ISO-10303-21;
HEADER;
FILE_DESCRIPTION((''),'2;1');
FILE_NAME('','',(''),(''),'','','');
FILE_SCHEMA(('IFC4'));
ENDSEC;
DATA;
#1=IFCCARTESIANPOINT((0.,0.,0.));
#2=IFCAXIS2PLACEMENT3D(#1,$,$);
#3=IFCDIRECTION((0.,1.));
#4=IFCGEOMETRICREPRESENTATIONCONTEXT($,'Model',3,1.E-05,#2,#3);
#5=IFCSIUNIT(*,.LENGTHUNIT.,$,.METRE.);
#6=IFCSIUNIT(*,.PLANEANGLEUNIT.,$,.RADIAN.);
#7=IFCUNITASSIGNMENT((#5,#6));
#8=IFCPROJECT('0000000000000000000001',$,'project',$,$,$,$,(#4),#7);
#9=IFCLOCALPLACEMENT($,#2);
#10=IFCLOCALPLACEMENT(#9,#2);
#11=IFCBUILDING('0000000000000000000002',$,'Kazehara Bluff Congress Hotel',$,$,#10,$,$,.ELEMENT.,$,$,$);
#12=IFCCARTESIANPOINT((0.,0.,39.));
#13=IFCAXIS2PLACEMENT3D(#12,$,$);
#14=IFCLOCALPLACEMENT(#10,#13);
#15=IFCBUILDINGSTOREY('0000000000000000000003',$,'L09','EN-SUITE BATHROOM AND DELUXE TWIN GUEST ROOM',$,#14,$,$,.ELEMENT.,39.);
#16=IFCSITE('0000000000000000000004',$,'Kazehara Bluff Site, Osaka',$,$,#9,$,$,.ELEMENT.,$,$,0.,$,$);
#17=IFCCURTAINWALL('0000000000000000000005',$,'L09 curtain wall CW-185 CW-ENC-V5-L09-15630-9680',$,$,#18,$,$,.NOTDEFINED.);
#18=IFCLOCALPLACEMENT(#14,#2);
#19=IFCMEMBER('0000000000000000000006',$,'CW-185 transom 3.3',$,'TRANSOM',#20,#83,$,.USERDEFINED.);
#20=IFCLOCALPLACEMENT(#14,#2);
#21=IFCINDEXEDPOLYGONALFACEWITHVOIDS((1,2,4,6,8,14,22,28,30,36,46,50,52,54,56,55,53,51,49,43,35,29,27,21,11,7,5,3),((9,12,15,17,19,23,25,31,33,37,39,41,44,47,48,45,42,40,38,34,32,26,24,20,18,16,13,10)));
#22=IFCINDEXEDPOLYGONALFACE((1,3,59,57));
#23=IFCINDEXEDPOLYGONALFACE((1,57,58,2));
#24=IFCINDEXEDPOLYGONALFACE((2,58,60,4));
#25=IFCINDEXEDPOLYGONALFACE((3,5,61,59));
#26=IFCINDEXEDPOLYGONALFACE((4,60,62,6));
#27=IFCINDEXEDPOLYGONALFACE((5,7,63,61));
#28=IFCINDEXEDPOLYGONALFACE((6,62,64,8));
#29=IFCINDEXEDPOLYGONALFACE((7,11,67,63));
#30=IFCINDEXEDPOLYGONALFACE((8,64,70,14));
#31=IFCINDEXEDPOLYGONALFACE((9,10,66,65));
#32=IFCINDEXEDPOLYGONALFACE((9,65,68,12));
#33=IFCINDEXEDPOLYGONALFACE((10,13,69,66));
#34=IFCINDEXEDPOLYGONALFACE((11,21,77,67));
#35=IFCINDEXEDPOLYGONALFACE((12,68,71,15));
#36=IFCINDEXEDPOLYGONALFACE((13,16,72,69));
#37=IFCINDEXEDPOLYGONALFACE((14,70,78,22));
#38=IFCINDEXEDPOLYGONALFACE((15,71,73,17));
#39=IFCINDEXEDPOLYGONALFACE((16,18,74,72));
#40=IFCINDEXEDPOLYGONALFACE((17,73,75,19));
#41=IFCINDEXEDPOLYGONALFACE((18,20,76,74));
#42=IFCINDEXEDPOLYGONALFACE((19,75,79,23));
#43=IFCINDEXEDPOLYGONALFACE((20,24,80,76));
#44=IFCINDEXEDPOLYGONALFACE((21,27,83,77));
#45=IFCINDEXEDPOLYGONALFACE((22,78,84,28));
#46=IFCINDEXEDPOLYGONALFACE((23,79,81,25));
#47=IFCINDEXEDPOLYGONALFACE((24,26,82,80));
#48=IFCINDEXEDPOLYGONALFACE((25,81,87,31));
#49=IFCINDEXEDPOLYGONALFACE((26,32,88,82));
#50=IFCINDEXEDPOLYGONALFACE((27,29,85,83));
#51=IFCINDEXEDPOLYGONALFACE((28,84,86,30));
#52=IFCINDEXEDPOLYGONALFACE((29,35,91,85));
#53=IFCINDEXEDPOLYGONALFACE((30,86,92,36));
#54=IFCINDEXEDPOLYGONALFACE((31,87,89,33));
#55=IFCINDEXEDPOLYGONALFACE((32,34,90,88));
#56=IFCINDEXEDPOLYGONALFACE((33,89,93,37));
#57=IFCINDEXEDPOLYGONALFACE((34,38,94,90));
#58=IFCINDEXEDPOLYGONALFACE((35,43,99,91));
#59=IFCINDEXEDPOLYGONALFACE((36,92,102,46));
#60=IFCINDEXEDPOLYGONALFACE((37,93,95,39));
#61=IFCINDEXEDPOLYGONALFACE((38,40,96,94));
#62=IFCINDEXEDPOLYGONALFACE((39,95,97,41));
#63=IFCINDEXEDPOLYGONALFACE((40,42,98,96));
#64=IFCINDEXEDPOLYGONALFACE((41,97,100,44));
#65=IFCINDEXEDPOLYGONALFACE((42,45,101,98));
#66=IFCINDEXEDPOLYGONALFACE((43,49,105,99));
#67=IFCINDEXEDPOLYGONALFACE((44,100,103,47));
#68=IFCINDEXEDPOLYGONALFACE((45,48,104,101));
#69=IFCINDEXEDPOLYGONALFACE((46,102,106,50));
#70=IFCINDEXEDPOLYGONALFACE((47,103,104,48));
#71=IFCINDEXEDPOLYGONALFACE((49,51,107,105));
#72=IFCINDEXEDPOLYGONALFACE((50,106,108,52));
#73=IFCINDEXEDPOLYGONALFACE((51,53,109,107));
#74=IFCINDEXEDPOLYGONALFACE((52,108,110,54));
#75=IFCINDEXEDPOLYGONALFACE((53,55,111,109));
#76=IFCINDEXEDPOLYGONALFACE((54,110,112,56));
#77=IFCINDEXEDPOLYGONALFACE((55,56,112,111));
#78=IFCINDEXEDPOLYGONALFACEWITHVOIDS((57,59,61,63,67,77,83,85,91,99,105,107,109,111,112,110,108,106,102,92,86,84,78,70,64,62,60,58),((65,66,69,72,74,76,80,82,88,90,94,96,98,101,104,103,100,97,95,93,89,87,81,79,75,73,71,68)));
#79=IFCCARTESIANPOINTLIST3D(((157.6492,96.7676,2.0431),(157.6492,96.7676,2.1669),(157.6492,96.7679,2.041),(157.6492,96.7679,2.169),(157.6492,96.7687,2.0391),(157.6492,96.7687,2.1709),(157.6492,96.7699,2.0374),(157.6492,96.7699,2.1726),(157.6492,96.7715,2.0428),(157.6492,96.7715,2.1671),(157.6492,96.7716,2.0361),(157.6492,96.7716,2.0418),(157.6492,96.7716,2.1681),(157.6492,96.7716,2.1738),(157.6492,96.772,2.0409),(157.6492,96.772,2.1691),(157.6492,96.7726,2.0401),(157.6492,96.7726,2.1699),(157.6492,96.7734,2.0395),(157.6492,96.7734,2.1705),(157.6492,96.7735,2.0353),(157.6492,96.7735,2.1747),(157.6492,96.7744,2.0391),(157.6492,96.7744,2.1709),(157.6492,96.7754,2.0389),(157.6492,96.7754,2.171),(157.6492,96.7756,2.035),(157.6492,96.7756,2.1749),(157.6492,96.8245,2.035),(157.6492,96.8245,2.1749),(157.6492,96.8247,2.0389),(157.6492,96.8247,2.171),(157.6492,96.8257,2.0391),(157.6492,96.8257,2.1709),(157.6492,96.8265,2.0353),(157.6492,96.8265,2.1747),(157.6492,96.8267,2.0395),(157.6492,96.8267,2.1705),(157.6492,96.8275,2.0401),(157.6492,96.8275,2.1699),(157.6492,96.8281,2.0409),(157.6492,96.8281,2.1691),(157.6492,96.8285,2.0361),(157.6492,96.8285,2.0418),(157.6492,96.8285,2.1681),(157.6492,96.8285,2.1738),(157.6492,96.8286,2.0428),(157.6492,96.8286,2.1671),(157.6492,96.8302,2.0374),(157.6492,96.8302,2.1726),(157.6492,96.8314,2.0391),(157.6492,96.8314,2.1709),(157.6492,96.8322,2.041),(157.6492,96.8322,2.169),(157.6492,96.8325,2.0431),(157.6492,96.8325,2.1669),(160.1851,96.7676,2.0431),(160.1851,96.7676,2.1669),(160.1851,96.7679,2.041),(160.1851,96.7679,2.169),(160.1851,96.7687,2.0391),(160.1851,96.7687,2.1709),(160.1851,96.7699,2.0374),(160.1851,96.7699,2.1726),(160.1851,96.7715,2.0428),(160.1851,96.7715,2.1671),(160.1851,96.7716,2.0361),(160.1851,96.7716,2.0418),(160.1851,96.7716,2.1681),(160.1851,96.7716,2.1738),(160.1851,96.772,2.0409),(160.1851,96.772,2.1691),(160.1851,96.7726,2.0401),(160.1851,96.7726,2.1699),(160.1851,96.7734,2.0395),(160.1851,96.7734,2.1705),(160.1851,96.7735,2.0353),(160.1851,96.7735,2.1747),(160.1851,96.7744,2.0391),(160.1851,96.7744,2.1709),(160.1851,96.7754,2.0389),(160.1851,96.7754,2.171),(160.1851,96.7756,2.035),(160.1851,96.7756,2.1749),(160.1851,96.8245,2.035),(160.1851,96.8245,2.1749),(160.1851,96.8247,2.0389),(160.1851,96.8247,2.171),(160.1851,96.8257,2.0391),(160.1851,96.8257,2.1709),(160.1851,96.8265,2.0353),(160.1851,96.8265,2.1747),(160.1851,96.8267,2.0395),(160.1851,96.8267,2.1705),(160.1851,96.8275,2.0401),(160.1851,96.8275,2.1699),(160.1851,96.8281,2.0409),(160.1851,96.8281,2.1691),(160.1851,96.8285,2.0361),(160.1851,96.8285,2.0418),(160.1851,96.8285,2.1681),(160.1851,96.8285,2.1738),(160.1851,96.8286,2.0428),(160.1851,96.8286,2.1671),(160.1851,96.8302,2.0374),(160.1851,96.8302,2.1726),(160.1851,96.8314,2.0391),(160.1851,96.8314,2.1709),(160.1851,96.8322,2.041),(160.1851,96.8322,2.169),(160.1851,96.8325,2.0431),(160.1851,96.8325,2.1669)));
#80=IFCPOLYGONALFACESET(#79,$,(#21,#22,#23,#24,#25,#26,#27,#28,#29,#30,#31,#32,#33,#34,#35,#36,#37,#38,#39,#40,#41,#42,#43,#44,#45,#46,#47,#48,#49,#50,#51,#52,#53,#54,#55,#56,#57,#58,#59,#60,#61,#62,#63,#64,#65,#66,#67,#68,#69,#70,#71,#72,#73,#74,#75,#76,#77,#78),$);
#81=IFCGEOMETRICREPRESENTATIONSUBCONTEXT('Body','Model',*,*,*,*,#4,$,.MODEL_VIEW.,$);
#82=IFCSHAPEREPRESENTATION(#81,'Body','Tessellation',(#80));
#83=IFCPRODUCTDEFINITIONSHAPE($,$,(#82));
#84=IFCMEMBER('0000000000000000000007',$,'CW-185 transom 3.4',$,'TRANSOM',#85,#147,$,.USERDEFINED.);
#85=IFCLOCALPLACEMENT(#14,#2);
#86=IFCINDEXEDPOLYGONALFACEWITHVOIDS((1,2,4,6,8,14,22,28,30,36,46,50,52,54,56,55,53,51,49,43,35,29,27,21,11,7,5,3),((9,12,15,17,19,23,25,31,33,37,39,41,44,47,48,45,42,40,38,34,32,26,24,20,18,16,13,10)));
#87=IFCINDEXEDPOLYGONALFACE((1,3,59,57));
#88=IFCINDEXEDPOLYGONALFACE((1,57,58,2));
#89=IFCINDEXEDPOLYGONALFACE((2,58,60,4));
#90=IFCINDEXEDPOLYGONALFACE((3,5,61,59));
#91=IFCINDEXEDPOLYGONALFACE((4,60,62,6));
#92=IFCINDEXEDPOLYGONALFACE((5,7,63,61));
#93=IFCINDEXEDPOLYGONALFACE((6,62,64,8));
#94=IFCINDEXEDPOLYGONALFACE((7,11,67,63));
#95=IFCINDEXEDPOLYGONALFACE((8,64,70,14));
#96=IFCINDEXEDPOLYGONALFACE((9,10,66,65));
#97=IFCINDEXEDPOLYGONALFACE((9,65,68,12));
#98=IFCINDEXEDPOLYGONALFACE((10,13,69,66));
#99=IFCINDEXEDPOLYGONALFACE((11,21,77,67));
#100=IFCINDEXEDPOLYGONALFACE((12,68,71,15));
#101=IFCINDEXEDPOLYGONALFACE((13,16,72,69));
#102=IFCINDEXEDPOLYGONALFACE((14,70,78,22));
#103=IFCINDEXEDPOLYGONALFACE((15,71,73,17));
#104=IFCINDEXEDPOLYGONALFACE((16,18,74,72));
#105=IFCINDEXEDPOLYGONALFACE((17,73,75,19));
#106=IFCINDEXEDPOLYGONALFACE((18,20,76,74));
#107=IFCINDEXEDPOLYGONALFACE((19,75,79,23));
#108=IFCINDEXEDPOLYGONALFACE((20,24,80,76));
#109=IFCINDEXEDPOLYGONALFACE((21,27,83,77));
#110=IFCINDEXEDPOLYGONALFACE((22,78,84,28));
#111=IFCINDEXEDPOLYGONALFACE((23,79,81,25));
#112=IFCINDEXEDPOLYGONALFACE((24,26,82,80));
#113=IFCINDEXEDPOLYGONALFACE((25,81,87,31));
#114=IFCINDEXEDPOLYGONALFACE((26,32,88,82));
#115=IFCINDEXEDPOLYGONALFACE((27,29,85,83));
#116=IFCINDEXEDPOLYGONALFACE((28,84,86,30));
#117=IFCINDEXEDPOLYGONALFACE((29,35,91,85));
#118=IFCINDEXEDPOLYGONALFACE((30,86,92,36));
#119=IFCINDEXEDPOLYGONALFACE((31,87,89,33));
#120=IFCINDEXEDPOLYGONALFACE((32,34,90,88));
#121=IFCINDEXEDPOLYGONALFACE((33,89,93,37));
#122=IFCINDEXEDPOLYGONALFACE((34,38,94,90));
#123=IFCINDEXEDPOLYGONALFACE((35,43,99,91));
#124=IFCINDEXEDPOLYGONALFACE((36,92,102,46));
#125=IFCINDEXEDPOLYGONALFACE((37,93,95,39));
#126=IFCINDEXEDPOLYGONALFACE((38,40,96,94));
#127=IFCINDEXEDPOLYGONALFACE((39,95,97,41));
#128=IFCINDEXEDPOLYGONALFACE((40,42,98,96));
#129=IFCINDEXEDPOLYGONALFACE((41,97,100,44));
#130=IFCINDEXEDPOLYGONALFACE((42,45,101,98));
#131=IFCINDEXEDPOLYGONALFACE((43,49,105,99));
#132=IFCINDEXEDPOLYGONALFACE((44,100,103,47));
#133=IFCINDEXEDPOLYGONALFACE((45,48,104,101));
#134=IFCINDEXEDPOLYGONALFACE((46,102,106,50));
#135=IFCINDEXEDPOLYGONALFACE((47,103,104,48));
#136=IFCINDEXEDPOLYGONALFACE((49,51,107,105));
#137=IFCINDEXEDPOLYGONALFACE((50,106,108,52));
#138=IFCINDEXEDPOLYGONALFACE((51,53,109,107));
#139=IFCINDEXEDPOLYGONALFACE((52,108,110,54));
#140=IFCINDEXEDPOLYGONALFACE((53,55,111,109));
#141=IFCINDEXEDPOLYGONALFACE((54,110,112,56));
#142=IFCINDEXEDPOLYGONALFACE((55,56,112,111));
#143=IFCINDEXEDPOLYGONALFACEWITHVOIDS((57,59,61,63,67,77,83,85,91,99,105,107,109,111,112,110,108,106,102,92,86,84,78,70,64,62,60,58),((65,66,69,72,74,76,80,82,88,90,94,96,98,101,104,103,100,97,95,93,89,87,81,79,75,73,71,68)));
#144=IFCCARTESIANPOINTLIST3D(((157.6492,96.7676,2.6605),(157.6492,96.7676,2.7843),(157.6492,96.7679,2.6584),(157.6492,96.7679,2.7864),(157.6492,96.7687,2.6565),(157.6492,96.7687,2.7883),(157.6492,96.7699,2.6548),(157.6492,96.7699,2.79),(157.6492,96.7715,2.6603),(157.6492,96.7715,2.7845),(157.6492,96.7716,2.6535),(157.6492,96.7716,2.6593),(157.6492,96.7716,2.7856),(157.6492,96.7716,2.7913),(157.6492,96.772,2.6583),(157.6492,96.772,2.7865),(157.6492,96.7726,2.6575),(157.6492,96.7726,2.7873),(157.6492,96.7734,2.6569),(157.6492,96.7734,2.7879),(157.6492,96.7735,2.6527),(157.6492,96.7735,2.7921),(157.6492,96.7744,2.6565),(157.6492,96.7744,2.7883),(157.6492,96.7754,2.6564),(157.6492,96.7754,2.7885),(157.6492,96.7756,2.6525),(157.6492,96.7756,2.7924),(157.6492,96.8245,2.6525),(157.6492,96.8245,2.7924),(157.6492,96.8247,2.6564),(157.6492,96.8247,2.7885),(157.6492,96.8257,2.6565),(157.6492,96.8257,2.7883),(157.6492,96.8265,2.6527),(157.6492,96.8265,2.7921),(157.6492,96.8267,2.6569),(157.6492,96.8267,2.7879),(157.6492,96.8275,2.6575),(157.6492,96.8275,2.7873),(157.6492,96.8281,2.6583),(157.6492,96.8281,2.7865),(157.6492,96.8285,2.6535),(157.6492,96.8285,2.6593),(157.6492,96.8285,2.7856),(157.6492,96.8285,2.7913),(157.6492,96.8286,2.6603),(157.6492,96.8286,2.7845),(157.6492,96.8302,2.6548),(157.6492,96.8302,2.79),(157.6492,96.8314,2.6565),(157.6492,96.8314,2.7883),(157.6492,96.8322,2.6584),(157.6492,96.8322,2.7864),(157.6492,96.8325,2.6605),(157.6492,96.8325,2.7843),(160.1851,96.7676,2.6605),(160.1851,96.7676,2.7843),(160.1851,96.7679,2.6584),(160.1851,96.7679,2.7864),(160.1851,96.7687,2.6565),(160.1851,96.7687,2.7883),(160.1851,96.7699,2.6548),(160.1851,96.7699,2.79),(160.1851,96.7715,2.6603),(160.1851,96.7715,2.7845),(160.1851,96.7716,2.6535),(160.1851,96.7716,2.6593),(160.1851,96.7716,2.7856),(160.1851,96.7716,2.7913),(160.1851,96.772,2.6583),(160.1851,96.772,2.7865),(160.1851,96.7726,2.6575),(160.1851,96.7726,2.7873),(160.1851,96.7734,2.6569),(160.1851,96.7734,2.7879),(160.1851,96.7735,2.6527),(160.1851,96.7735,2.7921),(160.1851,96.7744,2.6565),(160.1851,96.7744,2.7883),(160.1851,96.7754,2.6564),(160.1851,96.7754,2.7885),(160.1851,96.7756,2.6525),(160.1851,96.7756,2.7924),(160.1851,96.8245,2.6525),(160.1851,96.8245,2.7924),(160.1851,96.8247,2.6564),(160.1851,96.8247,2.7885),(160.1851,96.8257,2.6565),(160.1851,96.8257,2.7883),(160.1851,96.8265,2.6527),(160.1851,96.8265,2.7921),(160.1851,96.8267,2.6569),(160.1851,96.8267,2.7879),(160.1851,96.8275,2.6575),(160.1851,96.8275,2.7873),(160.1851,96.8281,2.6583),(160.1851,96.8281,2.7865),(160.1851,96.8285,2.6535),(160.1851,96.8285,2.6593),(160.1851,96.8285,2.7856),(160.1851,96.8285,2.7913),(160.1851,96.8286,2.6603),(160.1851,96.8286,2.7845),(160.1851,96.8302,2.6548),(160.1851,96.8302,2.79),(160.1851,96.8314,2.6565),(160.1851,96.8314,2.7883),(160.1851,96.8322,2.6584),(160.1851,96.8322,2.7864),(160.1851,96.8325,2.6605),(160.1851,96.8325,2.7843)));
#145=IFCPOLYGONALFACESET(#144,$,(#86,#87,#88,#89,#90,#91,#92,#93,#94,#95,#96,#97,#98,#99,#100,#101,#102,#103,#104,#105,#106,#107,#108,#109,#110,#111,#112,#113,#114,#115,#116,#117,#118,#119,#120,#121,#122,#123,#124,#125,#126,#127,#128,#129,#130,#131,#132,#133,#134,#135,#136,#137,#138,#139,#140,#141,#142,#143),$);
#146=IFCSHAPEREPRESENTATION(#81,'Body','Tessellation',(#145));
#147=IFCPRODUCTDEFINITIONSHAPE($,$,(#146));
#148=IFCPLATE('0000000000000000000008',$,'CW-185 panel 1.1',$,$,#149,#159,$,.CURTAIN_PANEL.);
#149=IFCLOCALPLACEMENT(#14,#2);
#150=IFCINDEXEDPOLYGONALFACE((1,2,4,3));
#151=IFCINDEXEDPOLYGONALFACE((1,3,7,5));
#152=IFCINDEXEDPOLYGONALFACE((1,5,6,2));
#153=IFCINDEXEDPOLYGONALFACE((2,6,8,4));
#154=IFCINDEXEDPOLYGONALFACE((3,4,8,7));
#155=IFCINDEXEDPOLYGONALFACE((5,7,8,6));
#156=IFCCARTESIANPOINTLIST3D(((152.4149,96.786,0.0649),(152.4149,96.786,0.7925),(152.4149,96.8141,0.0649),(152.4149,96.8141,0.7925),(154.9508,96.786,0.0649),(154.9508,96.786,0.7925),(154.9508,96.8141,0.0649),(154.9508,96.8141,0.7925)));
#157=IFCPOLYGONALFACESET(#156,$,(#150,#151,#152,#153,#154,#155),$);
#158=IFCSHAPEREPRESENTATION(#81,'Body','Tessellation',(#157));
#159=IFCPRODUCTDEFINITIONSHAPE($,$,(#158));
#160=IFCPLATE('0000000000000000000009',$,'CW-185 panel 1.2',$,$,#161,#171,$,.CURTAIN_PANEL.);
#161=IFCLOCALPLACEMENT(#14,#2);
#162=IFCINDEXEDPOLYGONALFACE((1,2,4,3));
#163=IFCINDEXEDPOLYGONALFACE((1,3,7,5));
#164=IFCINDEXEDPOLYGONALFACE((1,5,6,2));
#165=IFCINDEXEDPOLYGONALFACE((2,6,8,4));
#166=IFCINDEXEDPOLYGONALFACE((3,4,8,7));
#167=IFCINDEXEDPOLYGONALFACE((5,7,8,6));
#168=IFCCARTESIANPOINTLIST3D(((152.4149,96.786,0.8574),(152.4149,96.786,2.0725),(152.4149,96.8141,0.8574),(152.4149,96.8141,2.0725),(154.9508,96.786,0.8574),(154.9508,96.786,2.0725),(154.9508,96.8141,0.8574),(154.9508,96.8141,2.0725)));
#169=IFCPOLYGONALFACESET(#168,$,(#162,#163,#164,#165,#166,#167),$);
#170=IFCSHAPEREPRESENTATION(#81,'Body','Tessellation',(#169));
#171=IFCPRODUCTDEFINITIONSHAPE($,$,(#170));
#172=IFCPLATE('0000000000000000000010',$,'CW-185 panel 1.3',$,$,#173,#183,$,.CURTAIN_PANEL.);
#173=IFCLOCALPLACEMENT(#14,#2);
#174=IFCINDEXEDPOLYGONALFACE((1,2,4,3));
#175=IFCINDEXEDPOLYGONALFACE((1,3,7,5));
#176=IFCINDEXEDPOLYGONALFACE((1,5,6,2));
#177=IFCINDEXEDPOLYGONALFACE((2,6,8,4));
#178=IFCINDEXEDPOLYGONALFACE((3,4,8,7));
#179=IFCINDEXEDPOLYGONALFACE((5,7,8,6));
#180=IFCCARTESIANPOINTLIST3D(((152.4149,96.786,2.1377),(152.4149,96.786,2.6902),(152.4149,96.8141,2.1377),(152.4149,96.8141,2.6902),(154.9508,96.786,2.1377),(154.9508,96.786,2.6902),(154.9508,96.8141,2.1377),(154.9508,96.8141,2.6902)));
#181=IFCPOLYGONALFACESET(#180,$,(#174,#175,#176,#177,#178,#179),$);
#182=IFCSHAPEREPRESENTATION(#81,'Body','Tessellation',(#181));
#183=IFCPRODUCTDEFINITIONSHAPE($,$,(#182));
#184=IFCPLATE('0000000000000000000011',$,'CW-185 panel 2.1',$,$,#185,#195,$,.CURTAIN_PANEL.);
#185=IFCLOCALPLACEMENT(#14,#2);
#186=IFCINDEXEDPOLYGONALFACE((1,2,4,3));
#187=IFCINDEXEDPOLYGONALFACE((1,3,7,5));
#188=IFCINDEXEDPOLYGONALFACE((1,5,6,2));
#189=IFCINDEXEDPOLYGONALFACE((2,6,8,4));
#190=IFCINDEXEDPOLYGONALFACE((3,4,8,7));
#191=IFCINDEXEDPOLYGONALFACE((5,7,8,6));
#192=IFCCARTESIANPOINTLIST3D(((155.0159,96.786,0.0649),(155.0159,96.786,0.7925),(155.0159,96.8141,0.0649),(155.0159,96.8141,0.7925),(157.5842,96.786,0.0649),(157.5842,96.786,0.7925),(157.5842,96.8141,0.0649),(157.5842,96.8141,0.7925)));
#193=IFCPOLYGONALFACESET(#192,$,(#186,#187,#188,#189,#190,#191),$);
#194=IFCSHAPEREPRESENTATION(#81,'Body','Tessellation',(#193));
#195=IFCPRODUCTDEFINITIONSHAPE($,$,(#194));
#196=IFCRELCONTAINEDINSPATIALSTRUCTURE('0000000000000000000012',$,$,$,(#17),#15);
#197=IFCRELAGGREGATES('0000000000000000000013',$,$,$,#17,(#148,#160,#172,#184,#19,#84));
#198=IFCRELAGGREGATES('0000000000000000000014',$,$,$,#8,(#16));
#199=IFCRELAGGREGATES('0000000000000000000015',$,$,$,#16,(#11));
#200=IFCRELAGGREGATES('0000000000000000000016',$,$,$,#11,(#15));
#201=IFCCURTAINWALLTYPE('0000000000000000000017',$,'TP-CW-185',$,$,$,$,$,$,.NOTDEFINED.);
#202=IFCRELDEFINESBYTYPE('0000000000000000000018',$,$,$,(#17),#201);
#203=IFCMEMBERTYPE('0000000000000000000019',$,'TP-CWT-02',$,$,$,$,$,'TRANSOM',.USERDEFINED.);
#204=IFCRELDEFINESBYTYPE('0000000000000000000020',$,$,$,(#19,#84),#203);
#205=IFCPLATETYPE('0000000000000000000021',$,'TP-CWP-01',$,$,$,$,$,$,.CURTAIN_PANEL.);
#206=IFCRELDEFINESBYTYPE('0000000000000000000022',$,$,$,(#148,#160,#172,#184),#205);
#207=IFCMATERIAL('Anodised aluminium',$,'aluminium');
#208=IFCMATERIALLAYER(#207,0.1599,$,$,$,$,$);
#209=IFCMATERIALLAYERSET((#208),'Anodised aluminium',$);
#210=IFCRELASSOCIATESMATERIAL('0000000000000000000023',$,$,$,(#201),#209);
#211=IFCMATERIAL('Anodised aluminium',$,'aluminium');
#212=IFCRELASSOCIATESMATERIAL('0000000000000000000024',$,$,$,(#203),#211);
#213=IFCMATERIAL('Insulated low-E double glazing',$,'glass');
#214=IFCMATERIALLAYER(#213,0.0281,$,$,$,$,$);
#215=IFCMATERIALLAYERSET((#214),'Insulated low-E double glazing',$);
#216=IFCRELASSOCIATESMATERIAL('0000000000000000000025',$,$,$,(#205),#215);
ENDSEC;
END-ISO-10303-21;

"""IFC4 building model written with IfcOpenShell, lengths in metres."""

from ifc_helpers import new_model, si_unit, direction, frame, origin, origin_2d, place, context, subcontext, project, spatial, rectangle, hollow_rectangle, extrude, material, layer, layer_set, material_profile, profile_set, type_object, element, aggregate, save


model = new_model("IFC4")

# Units and contexts
model_context = context("Model", 3, precision=1e-05, world=origin(), true_north=direction((0.0, 1.0)))
body_context = subcontext(model_context, "Body", "Model", "MODEL_VIEW")
ifc_project = project(units=[si_unit("LENGTHUNIT", "METRE"), si_unit("PLANEANGLEUNIT", "RADIAN")], contexts=[model_context])

# Site, building, storey
site_placement = place(None, origin())
site = spatial("IfcSite", under=ifc_project, at=site_placement, Name="Kazehara Bluff Site, Osaka", CompositionType="ELEMENT", RefElevation=0.0)
building_placement = place(site_placement, origin())
building = spatial("IfcBuilding", under=site, at=building_placement, Name="Kazehara Bluff Congress Hotel", CompositionType="ELEMENT")
storey_placement = place(building_placement, frame((0.0, 0.0, 39.0)))
storey = spatial("IfcBuildingStorey", under=building, at=storey_placement, Name="L09", Description="EN-SUITE BATHROOM AND DELUXE TWIN GUEST ROOM", CompositionType="ELEMENT", Elevation=39.0)

# Curtain wall, members, plates
ifc_material_1 = material(Name="Anodised aluminium", Category="aluminium")
ifc_layer_1 = layer(ifc_material_1, 0.1599)
ifc_layer_set_1 = layer_set([ifc_layer_1], Name="Anodised aluminium")
curtain_wall_type = type_object("IfcCurtainWallType", Name="TP-CW-185", PredefinedType="NOTDEFINED", material=ifc_layer_set_1)
curtain_wall_placement = place(storey_placement, origin())
curtain_wall = element("IfcCurtainWall", 1, at=curtain_wall_placement, inside=storey, type_object=curtain_wall_type, Name="L09 curtain wall CW-185 CW-ENC-V5-L09-15630-9680", PredefinedType="NOTDEFINED")
ifc_material_2 = material(Name="Anodised aluminium", Category="aluminium")
ifc_material_profile_1 = material_profile(ifc_material_2, hollow_rectangle(XDim=0.0649, YDim=0.1399, WallThickness=0.0039, InnerFilletRadius=0.0039, OuterFilletRadius=0.0081, at=origin_2d()))
ifc_profile_set_1 = profile_set([ifc_material_profile_1], Name="Anodised aluminium")
member_type_1 = type_object("IfcMemberType", Name="TP-CWT-02", ElementType="TRANSOM", PredefinedType="USERDEFINED", material=ifc_profile_set_1)
member_1_placement = place(storey_placement, frame((157.6492, 96.8, 2.105), z_axis=(1.0, 0.0, 0.0), x_axis=(0.0, 1.0, 0.0)))
member_1 = element("IfcMember", 2, at=member_1_placement, type_object=member_type_1, Name="CW-185 transom 3.3", ObjectType="TRANSOM", PredefinedType="USERDEFINED", context=body_context, shape_type="SweptSolid", body=[
    extrude(hollow_rectangle(XDim=0.0649, YDim=0.1399, WallThickness=0.0039, InnerFilletRadius=0.0039, OuterFilletRadius=0.0081, at=origin_2d()), origin(), (0.0, 0.0, 1.0), 2.5359),
])
member_2_placement = place(storey_placement, frame((157.6492, 96.8, 2.7224), z_axis=(1.0, 0.0, 0.0), x_axis=(0.0, 1.0, 0.0)))
member_2 = element("IfcMember", 3, at=member_2_placement, type_object=member_type_1, Name="CW-185 transom 3.4", ObjectType="TRANSOM", PredefinedType="USERDEFINED", context=body_context, shape_type="SweptSolid", body=[
    extrude(hollow_rectangle(XDim=0.0649, YDim=0.1399, WallThickness=0.0039, InnerFilletRadius=0.0039, OuterFilletRadius=0.0081, at=origin_2d()), origin(), (0.0, 0.0, 1.0), 2.5359),
])
ifc_material_3 = material(Name="Insulated low-E double glazing", Category="glass")
ifc_layer_2 = layer(ifc_material_3, 0.0281)
ifc_layer_set_2 = layer_set([ifc_layer_2], Name="Insulated low-E double glazing")
plate_type = type_object("IfcPlateType", Name="TP-CWP-01", PredefinedType="CURTAIN_PANEL", material=ifc_layer_set_2)
plate_1_placement = place(storey_placement, frame((153.6829, 96.8, 0.0649), z_axis=(0.0, 0.0, 1.0), x_axis=(1.0, 0.0, 0.0)))
plate_1 = element("IfcPlate", 4, at=plate_1_placement, type_object=plate_type, Name="CW-185 panel 1.1", PredefinedType="CURTAIN_PANEL", context=body_context, shape_type="SweptSolid", body=[
    extrude(rectangle(XDim=2.5359, YDim=0.0281, at=origin_2d()), origin(), (0.0, 0.0, 1.0), 0.7275),
])
plate_2_placement = place(storey_placement, frame((153.6829, 96.8, 0.8574), z_axis=(0.0, 0.0, 1.0), x_axis=(1.0, 0.0, 0.0)))
plate_2 = element("IfcPlate", 5, at=plate_2_placement, type_object=plate_type, Name="CW-185 panel 1.2", PredefinedType="CURTAIN_PANEL", context=body_context, shape_type="SweptSolid", body=[
    extrude(rectangle(XDim=2.5359, YDim=0.0281, at=origin_2d()), origin(), (0.0, 0.0, 1.0), 1.2151),
])
plate_3_placement = place(storey_placement, frame((153.6829, 96.8, 2.1377), z_axis=(0.0, 0.0, 1.0), x_axis=(1.0, 0.0, 0.0)))
plate_3 = element("IfcPlate", 6, at=plate_3_placement, type_object=plate_type, Name="CW-185 panel 1.3", PredefinedType="CURTAIN_PANEL", context=body_context, shape_type="SweptSolid", body=[
    extrude(rectangle(XDim=2.5359, YDim=0.0281, at=origin_2d()), origin(), (0.0, 0.0, 1.0), 0.5525),
])
plate_4_placement = place(storey_placement, frame((156.3, 96.8, 0.0649), z_axis=(0.0, 0.0, 1.0), x_axis=(1.0, 0.0, 0.0)))
plate_4 = element("IfcPlate", 7, at=plate_4_placement, type_object=plate_type, Name="CW-185 panel 2.1", PredefinedType="CURTAIN_PANEL", context=body_context, shape_type="SweptSolid", body=[
    extrude(rectangle(XDim=2.5684, YDim=0.0281, at=origin_2d()), origin(), (0.0, 0.0, 1.0), 0.7275),
])
aggregate(curtain_wall, [plate_1, plate_2, plate_3, plate_4, member_1, member_2])

save(model, "model.ifc")
